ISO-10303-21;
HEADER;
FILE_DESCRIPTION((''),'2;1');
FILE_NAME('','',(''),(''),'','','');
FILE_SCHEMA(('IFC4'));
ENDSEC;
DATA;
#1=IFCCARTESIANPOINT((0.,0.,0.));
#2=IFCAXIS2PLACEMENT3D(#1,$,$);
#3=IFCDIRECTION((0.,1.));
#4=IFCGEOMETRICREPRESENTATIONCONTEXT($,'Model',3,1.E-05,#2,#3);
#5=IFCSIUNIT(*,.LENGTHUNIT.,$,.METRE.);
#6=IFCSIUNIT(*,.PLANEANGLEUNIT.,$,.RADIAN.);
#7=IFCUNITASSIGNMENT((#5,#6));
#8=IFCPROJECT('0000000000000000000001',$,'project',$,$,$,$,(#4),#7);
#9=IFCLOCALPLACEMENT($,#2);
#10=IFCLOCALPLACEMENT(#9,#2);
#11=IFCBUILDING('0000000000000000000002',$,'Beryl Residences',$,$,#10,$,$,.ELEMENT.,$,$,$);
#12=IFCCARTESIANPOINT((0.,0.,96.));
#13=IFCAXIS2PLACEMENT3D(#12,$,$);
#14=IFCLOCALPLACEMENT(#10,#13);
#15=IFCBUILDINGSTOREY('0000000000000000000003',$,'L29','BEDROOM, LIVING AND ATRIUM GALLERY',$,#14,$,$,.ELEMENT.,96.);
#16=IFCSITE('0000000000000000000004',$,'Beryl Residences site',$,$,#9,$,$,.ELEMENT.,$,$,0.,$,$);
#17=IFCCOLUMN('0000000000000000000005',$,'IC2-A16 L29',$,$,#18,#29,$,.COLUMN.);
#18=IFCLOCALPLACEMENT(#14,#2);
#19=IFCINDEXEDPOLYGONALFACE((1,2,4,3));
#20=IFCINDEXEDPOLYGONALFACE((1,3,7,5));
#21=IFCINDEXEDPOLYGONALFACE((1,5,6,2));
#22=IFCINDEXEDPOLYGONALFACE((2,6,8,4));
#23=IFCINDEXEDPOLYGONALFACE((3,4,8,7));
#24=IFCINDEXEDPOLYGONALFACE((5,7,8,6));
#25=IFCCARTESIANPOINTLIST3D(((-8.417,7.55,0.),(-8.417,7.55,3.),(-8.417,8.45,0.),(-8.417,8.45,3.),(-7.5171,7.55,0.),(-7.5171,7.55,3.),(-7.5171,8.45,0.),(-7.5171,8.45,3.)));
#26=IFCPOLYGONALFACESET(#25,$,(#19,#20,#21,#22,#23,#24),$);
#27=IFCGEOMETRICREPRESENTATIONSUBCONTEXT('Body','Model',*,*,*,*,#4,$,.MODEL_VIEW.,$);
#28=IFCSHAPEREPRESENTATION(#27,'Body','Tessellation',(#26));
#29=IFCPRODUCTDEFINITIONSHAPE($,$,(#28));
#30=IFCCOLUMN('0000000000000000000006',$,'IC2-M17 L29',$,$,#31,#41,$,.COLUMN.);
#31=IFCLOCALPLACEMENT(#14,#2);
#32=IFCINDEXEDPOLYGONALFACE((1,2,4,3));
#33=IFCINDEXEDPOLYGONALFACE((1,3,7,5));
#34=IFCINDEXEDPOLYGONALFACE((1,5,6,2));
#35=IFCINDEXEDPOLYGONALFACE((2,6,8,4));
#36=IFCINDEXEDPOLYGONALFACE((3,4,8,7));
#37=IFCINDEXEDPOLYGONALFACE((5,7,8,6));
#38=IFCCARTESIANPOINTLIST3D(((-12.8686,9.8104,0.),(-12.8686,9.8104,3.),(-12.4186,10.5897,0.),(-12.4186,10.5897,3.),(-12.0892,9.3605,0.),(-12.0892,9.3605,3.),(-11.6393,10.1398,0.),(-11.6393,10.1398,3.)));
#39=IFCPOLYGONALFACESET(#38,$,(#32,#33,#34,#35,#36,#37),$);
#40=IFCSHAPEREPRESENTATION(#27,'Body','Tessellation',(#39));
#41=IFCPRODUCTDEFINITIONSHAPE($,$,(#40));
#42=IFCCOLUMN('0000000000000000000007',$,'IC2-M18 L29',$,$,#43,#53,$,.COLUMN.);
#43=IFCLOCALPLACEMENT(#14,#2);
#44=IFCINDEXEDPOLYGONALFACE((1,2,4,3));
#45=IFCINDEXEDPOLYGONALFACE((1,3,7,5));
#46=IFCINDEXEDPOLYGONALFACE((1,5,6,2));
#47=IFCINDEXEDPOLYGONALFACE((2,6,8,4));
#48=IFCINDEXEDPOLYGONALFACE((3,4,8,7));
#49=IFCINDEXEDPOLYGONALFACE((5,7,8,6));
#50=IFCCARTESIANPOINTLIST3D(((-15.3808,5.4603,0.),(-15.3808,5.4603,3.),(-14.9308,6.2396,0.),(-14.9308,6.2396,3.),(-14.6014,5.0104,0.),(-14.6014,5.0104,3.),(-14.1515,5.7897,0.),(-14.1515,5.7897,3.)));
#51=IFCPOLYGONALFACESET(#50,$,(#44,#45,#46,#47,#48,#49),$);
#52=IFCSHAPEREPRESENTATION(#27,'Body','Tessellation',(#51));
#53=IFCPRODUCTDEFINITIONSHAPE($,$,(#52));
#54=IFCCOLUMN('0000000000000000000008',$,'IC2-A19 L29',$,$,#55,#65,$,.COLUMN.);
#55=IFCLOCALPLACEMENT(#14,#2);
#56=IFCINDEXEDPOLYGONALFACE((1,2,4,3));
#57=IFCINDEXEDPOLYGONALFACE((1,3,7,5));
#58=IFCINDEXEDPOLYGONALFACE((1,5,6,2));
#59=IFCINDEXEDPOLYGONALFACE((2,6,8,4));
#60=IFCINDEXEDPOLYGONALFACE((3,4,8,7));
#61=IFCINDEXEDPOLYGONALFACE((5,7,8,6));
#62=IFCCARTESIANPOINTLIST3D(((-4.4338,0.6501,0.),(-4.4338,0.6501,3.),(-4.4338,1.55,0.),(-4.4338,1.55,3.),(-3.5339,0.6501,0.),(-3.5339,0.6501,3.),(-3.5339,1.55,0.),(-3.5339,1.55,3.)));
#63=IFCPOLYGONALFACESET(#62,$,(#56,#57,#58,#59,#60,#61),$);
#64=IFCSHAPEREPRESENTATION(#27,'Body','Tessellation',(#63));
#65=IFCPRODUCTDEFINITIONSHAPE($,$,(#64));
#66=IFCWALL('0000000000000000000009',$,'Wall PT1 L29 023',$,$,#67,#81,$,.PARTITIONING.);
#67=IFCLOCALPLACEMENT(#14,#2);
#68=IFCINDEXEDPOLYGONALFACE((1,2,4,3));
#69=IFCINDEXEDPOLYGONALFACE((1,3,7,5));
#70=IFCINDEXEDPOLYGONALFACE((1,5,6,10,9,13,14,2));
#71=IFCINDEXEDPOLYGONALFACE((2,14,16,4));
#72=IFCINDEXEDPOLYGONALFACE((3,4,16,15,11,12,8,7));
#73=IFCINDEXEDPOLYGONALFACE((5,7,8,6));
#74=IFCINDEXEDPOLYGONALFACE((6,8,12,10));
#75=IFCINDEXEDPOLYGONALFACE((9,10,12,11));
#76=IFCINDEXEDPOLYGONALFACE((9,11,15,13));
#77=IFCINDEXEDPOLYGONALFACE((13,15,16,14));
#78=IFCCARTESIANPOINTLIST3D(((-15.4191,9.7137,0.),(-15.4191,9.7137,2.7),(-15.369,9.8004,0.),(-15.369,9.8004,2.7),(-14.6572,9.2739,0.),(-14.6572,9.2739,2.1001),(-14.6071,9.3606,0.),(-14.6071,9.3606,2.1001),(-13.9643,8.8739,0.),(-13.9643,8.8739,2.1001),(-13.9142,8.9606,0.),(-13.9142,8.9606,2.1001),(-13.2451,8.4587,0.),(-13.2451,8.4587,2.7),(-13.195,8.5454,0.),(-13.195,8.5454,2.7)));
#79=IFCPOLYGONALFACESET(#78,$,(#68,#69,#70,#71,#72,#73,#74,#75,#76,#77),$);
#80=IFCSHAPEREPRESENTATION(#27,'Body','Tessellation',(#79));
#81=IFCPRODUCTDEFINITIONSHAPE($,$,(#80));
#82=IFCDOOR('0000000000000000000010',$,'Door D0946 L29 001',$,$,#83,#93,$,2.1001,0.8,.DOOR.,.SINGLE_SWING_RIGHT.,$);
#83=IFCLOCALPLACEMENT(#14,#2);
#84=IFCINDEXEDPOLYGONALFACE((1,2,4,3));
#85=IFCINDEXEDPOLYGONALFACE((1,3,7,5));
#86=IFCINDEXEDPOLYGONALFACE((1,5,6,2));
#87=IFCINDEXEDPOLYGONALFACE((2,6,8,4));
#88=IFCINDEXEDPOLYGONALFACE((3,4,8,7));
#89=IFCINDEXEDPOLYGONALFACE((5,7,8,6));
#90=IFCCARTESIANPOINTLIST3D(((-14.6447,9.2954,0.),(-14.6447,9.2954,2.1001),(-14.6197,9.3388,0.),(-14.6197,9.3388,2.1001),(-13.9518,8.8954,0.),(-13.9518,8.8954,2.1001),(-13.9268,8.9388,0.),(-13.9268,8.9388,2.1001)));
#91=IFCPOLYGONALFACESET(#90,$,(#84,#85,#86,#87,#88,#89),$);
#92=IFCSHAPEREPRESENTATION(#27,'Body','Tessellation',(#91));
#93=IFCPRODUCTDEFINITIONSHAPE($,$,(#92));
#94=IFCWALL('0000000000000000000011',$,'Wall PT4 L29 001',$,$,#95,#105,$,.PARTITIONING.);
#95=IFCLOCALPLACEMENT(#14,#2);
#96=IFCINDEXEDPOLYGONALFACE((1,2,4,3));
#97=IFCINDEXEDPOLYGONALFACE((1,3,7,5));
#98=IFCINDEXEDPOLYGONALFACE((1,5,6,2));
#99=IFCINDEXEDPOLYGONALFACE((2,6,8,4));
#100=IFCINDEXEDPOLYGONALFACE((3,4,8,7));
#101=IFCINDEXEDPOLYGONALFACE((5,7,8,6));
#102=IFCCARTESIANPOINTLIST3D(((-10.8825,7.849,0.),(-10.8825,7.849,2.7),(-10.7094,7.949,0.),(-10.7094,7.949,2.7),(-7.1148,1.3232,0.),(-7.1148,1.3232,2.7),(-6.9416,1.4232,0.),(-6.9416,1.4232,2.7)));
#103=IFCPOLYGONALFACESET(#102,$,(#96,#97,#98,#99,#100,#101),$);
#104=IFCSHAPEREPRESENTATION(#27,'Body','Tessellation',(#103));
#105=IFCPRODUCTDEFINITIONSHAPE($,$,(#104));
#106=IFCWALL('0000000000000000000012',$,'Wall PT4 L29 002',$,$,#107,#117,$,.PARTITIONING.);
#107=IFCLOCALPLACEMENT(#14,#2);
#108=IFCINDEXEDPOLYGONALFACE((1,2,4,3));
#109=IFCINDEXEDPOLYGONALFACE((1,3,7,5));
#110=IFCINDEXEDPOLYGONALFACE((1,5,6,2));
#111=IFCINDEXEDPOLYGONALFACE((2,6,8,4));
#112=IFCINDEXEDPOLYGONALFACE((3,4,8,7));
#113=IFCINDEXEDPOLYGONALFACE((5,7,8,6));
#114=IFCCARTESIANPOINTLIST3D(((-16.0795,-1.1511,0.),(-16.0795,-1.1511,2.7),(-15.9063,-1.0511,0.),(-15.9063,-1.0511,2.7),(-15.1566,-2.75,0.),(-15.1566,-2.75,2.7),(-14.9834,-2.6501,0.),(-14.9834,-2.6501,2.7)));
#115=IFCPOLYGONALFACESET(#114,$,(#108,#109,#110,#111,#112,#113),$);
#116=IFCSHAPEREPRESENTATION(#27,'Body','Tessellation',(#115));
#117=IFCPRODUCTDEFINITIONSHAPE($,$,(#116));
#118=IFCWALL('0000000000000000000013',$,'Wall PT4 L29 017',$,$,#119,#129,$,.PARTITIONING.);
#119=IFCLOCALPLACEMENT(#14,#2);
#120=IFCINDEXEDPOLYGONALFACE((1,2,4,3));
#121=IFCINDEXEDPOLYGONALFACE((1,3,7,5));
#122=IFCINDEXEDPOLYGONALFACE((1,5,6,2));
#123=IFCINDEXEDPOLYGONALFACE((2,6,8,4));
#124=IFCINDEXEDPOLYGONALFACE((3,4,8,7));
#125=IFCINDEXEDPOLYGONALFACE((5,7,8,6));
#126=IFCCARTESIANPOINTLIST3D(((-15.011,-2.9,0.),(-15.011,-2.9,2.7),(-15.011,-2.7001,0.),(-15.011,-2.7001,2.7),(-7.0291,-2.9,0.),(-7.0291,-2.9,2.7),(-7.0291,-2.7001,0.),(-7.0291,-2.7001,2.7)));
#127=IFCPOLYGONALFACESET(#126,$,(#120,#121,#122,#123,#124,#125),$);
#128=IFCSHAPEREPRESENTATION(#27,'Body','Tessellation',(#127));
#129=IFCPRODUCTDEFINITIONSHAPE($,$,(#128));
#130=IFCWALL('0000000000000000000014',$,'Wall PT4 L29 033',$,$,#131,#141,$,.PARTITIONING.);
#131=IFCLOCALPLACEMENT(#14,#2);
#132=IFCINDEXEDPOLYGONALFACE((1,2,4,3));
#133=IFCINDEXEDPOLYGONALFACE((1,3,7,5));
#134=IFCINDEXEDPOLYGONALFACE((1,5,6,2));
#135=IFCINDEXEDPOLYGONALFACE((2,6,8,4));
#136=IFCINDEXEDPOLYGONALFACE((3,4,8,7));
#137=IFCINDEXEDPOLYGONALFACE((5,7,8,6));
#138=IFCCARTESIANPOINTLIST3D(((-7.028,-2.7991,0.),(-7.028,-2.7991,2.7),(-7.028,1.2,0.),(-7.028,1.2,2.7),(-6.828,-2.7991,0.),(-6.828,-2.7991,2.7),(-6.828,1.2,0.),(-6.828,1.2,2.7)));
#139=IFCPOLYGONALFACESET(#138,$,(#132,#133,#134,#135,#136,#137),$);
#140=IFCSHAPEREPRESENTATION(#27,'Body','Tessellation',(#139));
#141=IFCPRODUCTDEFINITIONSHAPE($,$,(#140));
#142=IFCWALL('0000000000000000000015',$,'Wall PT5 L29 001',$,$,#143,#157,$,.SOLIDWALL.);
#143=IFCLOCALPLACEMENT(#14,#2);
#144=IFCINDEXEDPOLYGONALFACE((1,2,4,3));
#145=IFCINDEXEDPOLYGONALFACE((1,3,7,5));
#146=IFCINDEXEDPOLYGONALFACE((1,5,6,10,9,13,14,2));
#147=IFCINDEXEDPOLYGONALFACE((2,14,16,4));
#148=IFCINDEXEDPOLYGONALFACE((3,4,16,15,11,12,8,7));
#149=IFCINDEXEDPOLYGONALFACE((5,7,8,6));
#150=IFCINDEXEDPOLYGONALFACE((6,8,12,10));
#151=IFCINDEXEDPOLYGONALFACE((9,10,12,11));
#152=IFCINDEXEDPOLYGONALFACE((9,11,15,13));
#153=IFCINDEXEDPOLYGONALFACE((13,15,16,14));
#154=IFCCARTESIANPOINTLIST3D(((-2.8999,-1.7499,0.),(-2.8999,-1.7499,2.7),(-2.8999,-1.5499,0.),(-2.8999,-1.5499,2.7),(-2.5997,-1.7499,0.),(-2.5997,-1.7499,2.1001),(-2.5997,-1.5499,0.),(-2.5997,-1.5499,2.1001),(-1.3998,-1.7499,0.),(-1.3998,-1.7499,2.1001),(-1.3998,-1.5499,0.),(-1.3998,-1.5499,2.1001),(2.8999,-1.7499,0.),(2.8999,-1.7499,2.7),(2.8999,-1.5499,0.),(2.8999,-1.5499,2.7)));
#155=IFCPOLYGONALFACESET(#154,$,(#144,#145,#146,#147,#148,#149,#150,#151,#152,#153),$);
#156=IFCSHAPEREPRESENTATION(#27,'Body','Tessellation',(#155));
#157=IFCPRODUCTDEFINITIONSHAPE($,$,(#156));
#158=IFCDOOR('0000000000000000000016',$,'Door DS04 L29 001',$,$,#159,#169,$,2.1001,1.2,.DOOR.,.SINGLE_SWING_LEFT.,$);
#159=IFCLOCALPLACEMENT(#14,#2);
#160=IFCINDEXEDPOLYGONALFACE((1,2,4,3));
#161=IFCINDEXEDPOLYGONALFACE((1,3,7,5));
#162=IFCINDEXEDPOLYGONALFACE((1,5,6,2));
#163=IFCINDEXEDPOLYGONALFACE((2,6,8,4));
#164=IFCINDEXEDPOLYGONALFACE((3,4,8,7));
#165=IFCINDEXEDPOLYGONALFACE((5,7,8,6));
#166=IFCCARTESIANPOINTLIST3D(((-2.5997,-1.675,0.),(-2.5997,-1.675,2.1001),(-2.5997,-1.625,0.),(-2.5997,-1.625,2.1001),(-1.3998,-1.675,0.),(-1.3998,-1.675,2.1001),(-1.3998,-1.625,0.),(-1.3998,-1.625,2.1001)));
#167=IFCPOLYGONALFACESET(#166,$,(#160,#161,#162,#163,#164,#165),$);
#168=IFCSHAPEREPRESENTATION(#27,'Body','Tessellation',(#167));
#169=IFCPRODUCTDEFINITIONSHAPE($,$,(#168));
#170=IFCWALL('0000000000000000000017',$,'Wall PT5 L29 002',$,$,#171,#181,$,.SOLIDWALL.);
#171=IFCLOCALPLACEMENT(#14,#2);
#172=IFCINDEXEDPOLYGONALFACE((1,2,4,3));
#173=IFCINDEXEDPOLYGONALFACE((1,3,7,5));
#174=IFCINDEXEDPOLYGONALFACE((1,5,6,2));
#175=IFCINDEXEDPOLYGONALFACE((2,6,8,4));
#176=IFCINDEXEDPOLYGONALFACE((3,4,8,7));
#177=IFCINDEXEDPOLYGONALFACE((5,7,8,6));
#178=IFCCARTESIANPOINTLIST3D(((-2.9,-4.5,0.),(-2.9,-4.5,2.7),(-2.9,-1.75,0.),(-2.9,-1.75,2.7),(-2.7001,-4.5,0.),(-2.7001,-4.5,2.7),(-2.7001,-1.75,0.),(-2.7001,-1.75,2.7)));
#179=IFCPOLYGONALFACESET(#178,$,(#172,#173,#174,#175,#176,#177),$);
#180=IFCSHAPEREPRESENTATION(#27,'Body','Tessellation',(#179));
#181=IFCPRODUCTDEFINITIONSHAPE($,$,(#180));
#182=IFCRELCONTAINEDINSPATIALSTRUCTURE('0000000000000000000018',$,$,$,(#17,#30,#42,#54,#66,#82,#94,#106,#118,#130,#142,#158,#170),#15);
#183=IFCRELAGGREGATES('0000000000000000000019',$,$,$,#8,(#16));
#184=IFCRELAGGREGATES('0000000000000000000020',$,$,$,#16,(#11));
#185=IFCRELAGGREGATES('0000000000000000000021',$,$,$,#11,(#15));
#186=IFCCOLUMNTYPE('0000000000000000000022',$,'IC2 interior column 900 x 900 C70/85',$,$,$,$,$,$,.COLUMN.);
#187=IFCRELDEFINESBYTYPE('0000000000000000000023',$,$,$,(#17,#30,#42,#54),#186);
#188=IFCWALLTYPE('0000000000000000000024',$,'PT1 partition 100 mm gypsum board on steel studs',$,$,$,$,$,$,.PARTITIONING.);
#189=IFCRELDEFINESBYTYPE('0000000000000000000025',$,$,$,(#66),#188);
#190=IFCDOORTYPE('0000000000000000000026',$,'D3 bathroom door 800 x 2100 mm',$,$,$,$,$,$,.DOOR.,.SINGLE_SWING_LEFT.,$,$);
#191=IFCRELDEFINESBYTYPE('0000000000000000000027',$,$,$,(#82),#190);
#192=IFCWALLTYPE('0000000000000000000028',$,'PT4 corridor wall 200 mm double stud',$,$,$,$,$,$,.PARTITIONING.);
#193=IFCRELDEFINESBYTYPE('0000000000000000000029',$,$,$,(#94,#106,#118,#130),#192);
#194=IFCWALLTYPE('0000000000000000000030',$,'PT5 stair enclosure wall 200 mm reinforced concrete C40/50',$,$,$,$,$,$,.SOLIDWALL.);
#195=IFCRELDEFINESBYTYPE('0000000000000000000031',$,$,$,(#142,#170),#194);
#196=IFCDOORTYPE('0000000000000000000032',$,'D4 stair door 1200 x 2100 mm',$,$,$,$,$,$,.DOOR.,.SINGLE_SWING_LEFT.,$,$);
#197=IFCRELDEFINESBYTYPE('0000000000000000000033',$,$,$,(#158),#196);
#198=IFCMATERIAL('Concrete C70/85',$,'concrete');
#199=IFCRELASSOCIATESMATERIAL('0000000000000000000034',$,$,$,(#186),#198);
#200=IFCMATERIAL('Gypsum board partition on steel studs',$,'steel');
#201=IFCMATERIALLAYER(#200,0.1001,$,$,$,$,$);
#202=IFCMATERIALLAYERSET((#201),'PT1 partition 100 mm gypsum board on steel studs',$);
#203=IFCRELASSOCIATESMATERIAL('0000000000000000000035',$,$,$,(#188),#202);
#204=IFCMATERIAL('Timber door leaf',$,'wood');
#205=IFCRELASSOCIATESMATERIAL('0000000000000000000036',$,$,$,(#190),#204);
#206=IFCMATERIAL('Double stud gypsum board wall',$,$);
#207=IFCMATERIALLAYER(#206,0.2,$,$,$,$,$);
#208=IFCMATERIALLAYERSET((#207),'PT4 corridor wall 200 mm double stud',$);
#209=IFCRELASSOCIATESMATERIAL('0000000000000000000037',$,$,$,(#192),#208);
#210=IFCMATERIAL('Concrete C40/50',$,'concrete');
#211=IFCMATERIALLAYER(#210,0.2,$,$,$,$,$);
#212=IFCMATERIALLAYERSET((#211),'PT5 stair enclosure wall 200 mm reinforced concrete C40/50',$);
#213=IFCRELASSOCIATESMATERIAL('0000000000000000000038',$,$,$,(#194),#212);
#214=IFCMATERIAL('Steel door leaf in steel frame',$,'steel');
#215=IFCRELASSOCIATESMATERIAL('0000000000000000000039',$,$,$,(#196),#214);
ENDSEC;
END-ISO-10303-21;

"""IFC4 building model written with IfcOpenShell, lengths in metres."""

from ifc_helpers import new_model, si_unit, direction, frame, frame_2d, origin, origin_2d, place, context, subcontext, project, spatial, rectangle, extrude, material, layer, layer_set, material_profile, profile_set, type_object, element, fill, save


model = new_model("IFC4")

# Units and contexts
model_context = context("Model", 3, precision=1e-05, world=origin(), true_north=direction((0.0, 1.0)))
body_context = subcontext(model_context, "Body", "Model", "MODEL_VIEW")
ifc_project = project(units=[si_unit("LENGTHUNIT", "METRE"), si_unit("PLANEANGLEUNIT", "RADIAN")], contexts=[model_context])

# Site, building, storey
site_placement = place(None, origin())
site = spatial("IfcSite", under=ifc_project, at=site_placement, Name="Beryl Residences site", CompositionType="ELEMENT", RefElevation=0.0)
building_placement = place(site_placement, origin())
building = spatial("IfcBuilding", under=site, at=building_placement, Name="Beryl Residences", CompositionType="ELEMENT")
storey_placement = place(building_placement, frame((0.0, 0.0, 96.0)))
storey = spatial("IfcBuildingStorey", under=building, at=storey_placement, Name="L29", Description="BEDROOM, LIVING AND ATRIUM GALLERY", CompositionType="ELEMENT", Elevation=96.0)

# Columns
ifc_material_1 = material(Name="Concrete C70/85", Category="concrete")
ifc_material_profile = material_profile(ifc_material_1, rectangle(XDim=0.8999, YDim=0.8999, at=origin_2d()))
ifc_profile_set = profile_set([ifc_material_profile], Name="Concrete C70/85")
column_type = type_object("IfcColumnType", Name="IC2 interior column 900 x 900 C70/85", PredefinedType="COLUMN", material=ifc_profile_set)
for number, where, z_axis, x_axis, name in (
    (1, (-7.967, 8.0, 0.0), (0.0, 0.0, 1.0), (1.0, 0.0, 0.0), "IC2-A16 L29"),
    (2, (-12.2539, 9.9751, 0.0), (0.0, 0.0, 1.0), (-0.5, -0.866025, 0.0), "IC2-M17 L29"),
    (3, (-14.7661, 5.625, 0.0), (0.0, 0.0, 1.0), (-0.5, -0.866025, 0.0), "IC2-M18 L29"),
    (4, (-3.9839, 1.1001, 0.0), (0.0, 0.0, 1.0), (1.0, 0.0, 0.0), "IC2-A19 L29"),
):
    element("IfcColumn", number, at=place(storey_placement, frame(where, z_axis=z_axis, x_axis=x_axis)), inside=storey, type_object=column_type, Name=name, PredefinedType="COLUMN", context=body_context, shape_type="SweptSolid", body=[
        extrude(rectangle(XDim=0.8999, YDim=0.8999, at=origin_2d()), origin(), (0.0, 0.0, 1.0), 3.0),
    ])

# Wall, opening, door
ifc_material_2 = material(Name="Gypsum board partition on steel studs", Category="steel")
ifc_layer_1 = layer(ifc_material_2, 0.1001)
ifc_layer_set_1 = layer_set([ifc_layer_1], Name="PT1 partition 100 mm gypsum board on steel studs")
wall_type_1 = type_object("IfcWallType", Name="PT1 partition 100 mm gypsum board on steel studs", PredefinedType="PARTITIONING", material=ifc_layer_set_1)
wall_1_placement = place(storey_placement, frame((-15.394, 9.7571, 0.0), z_axis=(0.0, 0.0, 1.0), x_axis=(0.866038, -0.499978, 0.0)))
wall_1 = element("IfcWall", 5, at=wall_1_placement, inside=storey, type_object=wall_type_1, Name="Wall PT1 L29 023", PredefinedType="PARTITIONING", context=body_context, shape_type="SweptSolid", body=[
    extrude(rectangle(XDim=2.5103, YDim=0.1001, at=frame_2d((1.2551, 0.0))), origin(), (0.0, 0.0, 1.0), 2.7),
])
opening_1_placement = place(wall_1_placement, frame((0.8799, 0.0, 0.0)))
opening_1 = element("IfcOpeningElement", 6, at=opening_1_placement, cuts=wall_1, PredefinedType="OPENING", context=body_context, shape_type="SweptSolid", body=[
    extrude(rectangle(XDim=0.8, YDim=2.1001, at=frame_2d((0.3999, 1.05))), frame((0.0, 0.0601, 0.0), z_axis=(0.0, -1.0, 0.0), x_axis=(1.0, 0.0, 0.0)), (0.0, 0.0, 1.0), 0.1201),
])
ifc_material_3 = material(Name="Timber door leaf", Category="wood")
door_type_1 = type_object("IfcDoorType", Name="D3 bathroom door 800 x 2100 mm", OperationType="SINGLE_SWING_LEFT", PredefinedType="DOOR", material=ifc_material_3)
door_1_placement = place(opening_1_placement, origin())
door_1 = element("IfcDoor", 7, at=door_1_placement, inside=storey, type_object=door_type_1, Name="Door D0946 L29 001", OperationType="SINGLE_SWING_RIGHT", OverallHeight=2.1001, OverallWidth=0.8, PredefinedType="DOOR", context=body_context, shape_type="SweptSolid", body=[
    extrude(rectangle(XDim=0.8, YDim=2.1001, at=frame_2d((0.3999, 1.05))), frame((0.0, 0.0249, 0.0), z_axis=(0.0, -1.0, 0.0), x_axis=(1.0, 0.0, 0.0)), (0.0, 0.0, 1.0), 0.05),
])
fill(opening_1, door_1)

# Walls
ifc_material_4 = material(Name="Double stud gypsum board wall")
ifc_layer_2 = layer(ifc_material_4, 0.2)
ifc_layer_set_2 = layer_set([ifc_layer_2], Name="PT4 corridor wall 200 mm double stud")
wall_type_2 = type_object("IfcWallType", Name="PT4 corridor wall 200 mm double stud", PredefinedType="PARTITIONING", material=ifc_layer_set_2)
wall_2_placement = place(storey_placement, frame((-10.7959, 7.8989, 0.0), z_axis=(0.0, 0.0, 1.0), x_axis=(0.50001, -0.866019, 0.0)))
element("IfcWall", 8, at=wall_2_placement, inside=storey, type_object=wall_type_2, Name="Wall PT4 L29 001", PredefinedType="PARTITIONING", context=body_context, shape_type="SweptSolid", body=[
    extrude(rectangle(XDim=7.5354, YDim=0.2, at=frame_2d((3.7676, 0.0))), origin(), (0.0, 0.0, 1.0), 2.7),
])
wall_3_placement = place(storey_placement, frame((-15.9929, -1.1011, 0.0), z_axis=(0.0, 0.0, 1.0), x_axis=(0.499894, -0.866086, 0.0)))
element("IfcWall", 9, at=wall_3_placement, inside=storey, type_object=wall_type_2, Name="Wall PT4 L29 002", PredefinedType="PARTITIONING", context=body_context, shape_type="SweptSolid", body=[
    extrude(rectangle(XDim=1.8462, YDim=0.2, at=frame_2d((0.9231, 0.0))), origin(), (0.0, 0.0, 1.0), 2.7),
])
wall_4_placement = place(storey_placement, frame((-15.011, -2.8, 0.0), z_axis=(0.0, 0.0, 1.0), x_axis=(1.0, 0.0, 0.0)))
element("IfcWall", 10, at=wall_4_placement, inside=storey, type_object=wall_type_2, Name="Wall PT4 L29 017", PredefinedType="PARTITIONING", context=body_context, shape_type="SweptSolid", body=[
    extrude(rectangle(XDim=7.9819, YDim=0.2, at=frame_2d((3.991, 0.0))), origin(), (0.0, 0.0, 1.0), 2.7),
])
wall_5_placement = place(storey_placement, frame((-6.928, -2.7991, 0.0), z_axis=(0.0, 0.0, 1.0), x_axis=(0.0, 1.0, 0.0)))
element("IfcWall", 11, at=wall_5_placement, inside=storey, type_object=wall_type_2, Name="Wall PT4 L29 033", PredefinedType="PARTITIONING", context=body_context, shape_type="SweptSolid", body=[
    extrude(rectangle(XDim=3.999, YDim=0.2, at=frame_2d((1.9995, 0.0))), origin(), (0.0, 0.0, 1.0), 2.7),
])

# Wall, opening, door
ifc_material_5 = material(Name="Concrete C40/50", Category="concrete")
ifc_layer_3 = layer(ifc_material_5, 0.2)
ifc_layer_set_3 = layer_set([ifc_layer_3], Name="PT5 stair enclosure wall 200 mm reinforced concrete C40/50")
wall_type_3 = type_object("IfcWallType", Name="PT5 stair enclosure wall 200 mm reinforced concrete C40/50", PredefinedType="SOLIDWALL", material=ifc_layer_set_3)
wall_6_placement = place(storey_placement, frame((-2.8999, -1.6499, 0.0), z_axis=(0.0, 0.0, 1.0), x_axis=(1.0, 0.0, 0.0)))
wall_6 = element("IfcWall", 12, at=wall_6_placement, inside=storey, type_object=wall_type_3, Name="Wall PT5 L29 001", PredefinedType="SOLIDWALL", context=body_context, shape_type="SweptSolid", body=[
    extrude(rectangle(XDim=5.7998, YDim=0.2, at=frame_2d((2.8999, 0.0))), origin(), (0.0, 0.0, 1.0), 2.7),
])
opening_2_placement = place(wall_6_placement, frame((0.3, 0.0, 0.0)))
opening_2 = element("IfcOpeningElement", 13, at=opening_2_placement, cuts=wall_6, PredefinedType="OPENING", context=body_context, shape_type="SweptSolid", body=[
    extrude(rectangle(XDim=1.2, YDim=2.1001, at=frame_2d((0.6001, 1.05))), frame((0.0, 0.1099, 0.0), z_axis=(0.0, -1.0, 0.0), x_axis=(1.0, 0.0, 0.0)), (0.0, 0.0, 1.0), 0.22),
])
ifc_material_6 = material(Name="Steel door leaf in steel frame", Category="steel")
door_type_2 = type_object("IfcDoorType", Name="D4 stair door 1200 x 2100 mm", OperationType="SINGLE_SWING_LEFT", PredefinedType="DOOR", material=ifc_material_6)
door_2_placement = place(opening_2_placement, origin())
door_2 = element("IfcDoor", 14, at=door_2_placement, inside=storey, type_object=door_type_2, Name="Door DS04 L29 001", OperationType="SINGLE_SWING_LEFT", OverallHeight=2.1001, OverallWidth=1.2, PredefinedType="DOOR", context=body_context, shape_type="SweptSolid", body=[
    extrude(rectangle(XDim=1.2, YDim=2.1001, at=frame_2d((0.6001, 1.05))), frame((0.0, 0.0249, 0.0), z_axis=(0.0, -1.0, 0.0), x_axis=(1.0, 0.0, 0.0)), (0.0, 0.0, 1.0), 0.05),
])
fill(opening_2, door_2)

# Wall
wall_7_placement = place(storey_placement, frame((-2.8, -4.5, 0.0), z_axis=(0.0, 0.0, 1.0), x_axis=(0.0, 1.0, 0.0)))
element("IfcWall", 15, at=wall_7_placement, inside=storey, type_object=wall_type_3, Name="Wall PT5 L29 002", PredefinedType="SOLIDWALL", context=body_context, shape_type="SweptSolid", body=[
    extrude(rectangle(XDim=2.75, YDim=0.2, at=frame_2d((1.375, 0.0))), origin(), (0.0, 0.0, 1.0), 2.7),
])

save(model, "model.ifc")
